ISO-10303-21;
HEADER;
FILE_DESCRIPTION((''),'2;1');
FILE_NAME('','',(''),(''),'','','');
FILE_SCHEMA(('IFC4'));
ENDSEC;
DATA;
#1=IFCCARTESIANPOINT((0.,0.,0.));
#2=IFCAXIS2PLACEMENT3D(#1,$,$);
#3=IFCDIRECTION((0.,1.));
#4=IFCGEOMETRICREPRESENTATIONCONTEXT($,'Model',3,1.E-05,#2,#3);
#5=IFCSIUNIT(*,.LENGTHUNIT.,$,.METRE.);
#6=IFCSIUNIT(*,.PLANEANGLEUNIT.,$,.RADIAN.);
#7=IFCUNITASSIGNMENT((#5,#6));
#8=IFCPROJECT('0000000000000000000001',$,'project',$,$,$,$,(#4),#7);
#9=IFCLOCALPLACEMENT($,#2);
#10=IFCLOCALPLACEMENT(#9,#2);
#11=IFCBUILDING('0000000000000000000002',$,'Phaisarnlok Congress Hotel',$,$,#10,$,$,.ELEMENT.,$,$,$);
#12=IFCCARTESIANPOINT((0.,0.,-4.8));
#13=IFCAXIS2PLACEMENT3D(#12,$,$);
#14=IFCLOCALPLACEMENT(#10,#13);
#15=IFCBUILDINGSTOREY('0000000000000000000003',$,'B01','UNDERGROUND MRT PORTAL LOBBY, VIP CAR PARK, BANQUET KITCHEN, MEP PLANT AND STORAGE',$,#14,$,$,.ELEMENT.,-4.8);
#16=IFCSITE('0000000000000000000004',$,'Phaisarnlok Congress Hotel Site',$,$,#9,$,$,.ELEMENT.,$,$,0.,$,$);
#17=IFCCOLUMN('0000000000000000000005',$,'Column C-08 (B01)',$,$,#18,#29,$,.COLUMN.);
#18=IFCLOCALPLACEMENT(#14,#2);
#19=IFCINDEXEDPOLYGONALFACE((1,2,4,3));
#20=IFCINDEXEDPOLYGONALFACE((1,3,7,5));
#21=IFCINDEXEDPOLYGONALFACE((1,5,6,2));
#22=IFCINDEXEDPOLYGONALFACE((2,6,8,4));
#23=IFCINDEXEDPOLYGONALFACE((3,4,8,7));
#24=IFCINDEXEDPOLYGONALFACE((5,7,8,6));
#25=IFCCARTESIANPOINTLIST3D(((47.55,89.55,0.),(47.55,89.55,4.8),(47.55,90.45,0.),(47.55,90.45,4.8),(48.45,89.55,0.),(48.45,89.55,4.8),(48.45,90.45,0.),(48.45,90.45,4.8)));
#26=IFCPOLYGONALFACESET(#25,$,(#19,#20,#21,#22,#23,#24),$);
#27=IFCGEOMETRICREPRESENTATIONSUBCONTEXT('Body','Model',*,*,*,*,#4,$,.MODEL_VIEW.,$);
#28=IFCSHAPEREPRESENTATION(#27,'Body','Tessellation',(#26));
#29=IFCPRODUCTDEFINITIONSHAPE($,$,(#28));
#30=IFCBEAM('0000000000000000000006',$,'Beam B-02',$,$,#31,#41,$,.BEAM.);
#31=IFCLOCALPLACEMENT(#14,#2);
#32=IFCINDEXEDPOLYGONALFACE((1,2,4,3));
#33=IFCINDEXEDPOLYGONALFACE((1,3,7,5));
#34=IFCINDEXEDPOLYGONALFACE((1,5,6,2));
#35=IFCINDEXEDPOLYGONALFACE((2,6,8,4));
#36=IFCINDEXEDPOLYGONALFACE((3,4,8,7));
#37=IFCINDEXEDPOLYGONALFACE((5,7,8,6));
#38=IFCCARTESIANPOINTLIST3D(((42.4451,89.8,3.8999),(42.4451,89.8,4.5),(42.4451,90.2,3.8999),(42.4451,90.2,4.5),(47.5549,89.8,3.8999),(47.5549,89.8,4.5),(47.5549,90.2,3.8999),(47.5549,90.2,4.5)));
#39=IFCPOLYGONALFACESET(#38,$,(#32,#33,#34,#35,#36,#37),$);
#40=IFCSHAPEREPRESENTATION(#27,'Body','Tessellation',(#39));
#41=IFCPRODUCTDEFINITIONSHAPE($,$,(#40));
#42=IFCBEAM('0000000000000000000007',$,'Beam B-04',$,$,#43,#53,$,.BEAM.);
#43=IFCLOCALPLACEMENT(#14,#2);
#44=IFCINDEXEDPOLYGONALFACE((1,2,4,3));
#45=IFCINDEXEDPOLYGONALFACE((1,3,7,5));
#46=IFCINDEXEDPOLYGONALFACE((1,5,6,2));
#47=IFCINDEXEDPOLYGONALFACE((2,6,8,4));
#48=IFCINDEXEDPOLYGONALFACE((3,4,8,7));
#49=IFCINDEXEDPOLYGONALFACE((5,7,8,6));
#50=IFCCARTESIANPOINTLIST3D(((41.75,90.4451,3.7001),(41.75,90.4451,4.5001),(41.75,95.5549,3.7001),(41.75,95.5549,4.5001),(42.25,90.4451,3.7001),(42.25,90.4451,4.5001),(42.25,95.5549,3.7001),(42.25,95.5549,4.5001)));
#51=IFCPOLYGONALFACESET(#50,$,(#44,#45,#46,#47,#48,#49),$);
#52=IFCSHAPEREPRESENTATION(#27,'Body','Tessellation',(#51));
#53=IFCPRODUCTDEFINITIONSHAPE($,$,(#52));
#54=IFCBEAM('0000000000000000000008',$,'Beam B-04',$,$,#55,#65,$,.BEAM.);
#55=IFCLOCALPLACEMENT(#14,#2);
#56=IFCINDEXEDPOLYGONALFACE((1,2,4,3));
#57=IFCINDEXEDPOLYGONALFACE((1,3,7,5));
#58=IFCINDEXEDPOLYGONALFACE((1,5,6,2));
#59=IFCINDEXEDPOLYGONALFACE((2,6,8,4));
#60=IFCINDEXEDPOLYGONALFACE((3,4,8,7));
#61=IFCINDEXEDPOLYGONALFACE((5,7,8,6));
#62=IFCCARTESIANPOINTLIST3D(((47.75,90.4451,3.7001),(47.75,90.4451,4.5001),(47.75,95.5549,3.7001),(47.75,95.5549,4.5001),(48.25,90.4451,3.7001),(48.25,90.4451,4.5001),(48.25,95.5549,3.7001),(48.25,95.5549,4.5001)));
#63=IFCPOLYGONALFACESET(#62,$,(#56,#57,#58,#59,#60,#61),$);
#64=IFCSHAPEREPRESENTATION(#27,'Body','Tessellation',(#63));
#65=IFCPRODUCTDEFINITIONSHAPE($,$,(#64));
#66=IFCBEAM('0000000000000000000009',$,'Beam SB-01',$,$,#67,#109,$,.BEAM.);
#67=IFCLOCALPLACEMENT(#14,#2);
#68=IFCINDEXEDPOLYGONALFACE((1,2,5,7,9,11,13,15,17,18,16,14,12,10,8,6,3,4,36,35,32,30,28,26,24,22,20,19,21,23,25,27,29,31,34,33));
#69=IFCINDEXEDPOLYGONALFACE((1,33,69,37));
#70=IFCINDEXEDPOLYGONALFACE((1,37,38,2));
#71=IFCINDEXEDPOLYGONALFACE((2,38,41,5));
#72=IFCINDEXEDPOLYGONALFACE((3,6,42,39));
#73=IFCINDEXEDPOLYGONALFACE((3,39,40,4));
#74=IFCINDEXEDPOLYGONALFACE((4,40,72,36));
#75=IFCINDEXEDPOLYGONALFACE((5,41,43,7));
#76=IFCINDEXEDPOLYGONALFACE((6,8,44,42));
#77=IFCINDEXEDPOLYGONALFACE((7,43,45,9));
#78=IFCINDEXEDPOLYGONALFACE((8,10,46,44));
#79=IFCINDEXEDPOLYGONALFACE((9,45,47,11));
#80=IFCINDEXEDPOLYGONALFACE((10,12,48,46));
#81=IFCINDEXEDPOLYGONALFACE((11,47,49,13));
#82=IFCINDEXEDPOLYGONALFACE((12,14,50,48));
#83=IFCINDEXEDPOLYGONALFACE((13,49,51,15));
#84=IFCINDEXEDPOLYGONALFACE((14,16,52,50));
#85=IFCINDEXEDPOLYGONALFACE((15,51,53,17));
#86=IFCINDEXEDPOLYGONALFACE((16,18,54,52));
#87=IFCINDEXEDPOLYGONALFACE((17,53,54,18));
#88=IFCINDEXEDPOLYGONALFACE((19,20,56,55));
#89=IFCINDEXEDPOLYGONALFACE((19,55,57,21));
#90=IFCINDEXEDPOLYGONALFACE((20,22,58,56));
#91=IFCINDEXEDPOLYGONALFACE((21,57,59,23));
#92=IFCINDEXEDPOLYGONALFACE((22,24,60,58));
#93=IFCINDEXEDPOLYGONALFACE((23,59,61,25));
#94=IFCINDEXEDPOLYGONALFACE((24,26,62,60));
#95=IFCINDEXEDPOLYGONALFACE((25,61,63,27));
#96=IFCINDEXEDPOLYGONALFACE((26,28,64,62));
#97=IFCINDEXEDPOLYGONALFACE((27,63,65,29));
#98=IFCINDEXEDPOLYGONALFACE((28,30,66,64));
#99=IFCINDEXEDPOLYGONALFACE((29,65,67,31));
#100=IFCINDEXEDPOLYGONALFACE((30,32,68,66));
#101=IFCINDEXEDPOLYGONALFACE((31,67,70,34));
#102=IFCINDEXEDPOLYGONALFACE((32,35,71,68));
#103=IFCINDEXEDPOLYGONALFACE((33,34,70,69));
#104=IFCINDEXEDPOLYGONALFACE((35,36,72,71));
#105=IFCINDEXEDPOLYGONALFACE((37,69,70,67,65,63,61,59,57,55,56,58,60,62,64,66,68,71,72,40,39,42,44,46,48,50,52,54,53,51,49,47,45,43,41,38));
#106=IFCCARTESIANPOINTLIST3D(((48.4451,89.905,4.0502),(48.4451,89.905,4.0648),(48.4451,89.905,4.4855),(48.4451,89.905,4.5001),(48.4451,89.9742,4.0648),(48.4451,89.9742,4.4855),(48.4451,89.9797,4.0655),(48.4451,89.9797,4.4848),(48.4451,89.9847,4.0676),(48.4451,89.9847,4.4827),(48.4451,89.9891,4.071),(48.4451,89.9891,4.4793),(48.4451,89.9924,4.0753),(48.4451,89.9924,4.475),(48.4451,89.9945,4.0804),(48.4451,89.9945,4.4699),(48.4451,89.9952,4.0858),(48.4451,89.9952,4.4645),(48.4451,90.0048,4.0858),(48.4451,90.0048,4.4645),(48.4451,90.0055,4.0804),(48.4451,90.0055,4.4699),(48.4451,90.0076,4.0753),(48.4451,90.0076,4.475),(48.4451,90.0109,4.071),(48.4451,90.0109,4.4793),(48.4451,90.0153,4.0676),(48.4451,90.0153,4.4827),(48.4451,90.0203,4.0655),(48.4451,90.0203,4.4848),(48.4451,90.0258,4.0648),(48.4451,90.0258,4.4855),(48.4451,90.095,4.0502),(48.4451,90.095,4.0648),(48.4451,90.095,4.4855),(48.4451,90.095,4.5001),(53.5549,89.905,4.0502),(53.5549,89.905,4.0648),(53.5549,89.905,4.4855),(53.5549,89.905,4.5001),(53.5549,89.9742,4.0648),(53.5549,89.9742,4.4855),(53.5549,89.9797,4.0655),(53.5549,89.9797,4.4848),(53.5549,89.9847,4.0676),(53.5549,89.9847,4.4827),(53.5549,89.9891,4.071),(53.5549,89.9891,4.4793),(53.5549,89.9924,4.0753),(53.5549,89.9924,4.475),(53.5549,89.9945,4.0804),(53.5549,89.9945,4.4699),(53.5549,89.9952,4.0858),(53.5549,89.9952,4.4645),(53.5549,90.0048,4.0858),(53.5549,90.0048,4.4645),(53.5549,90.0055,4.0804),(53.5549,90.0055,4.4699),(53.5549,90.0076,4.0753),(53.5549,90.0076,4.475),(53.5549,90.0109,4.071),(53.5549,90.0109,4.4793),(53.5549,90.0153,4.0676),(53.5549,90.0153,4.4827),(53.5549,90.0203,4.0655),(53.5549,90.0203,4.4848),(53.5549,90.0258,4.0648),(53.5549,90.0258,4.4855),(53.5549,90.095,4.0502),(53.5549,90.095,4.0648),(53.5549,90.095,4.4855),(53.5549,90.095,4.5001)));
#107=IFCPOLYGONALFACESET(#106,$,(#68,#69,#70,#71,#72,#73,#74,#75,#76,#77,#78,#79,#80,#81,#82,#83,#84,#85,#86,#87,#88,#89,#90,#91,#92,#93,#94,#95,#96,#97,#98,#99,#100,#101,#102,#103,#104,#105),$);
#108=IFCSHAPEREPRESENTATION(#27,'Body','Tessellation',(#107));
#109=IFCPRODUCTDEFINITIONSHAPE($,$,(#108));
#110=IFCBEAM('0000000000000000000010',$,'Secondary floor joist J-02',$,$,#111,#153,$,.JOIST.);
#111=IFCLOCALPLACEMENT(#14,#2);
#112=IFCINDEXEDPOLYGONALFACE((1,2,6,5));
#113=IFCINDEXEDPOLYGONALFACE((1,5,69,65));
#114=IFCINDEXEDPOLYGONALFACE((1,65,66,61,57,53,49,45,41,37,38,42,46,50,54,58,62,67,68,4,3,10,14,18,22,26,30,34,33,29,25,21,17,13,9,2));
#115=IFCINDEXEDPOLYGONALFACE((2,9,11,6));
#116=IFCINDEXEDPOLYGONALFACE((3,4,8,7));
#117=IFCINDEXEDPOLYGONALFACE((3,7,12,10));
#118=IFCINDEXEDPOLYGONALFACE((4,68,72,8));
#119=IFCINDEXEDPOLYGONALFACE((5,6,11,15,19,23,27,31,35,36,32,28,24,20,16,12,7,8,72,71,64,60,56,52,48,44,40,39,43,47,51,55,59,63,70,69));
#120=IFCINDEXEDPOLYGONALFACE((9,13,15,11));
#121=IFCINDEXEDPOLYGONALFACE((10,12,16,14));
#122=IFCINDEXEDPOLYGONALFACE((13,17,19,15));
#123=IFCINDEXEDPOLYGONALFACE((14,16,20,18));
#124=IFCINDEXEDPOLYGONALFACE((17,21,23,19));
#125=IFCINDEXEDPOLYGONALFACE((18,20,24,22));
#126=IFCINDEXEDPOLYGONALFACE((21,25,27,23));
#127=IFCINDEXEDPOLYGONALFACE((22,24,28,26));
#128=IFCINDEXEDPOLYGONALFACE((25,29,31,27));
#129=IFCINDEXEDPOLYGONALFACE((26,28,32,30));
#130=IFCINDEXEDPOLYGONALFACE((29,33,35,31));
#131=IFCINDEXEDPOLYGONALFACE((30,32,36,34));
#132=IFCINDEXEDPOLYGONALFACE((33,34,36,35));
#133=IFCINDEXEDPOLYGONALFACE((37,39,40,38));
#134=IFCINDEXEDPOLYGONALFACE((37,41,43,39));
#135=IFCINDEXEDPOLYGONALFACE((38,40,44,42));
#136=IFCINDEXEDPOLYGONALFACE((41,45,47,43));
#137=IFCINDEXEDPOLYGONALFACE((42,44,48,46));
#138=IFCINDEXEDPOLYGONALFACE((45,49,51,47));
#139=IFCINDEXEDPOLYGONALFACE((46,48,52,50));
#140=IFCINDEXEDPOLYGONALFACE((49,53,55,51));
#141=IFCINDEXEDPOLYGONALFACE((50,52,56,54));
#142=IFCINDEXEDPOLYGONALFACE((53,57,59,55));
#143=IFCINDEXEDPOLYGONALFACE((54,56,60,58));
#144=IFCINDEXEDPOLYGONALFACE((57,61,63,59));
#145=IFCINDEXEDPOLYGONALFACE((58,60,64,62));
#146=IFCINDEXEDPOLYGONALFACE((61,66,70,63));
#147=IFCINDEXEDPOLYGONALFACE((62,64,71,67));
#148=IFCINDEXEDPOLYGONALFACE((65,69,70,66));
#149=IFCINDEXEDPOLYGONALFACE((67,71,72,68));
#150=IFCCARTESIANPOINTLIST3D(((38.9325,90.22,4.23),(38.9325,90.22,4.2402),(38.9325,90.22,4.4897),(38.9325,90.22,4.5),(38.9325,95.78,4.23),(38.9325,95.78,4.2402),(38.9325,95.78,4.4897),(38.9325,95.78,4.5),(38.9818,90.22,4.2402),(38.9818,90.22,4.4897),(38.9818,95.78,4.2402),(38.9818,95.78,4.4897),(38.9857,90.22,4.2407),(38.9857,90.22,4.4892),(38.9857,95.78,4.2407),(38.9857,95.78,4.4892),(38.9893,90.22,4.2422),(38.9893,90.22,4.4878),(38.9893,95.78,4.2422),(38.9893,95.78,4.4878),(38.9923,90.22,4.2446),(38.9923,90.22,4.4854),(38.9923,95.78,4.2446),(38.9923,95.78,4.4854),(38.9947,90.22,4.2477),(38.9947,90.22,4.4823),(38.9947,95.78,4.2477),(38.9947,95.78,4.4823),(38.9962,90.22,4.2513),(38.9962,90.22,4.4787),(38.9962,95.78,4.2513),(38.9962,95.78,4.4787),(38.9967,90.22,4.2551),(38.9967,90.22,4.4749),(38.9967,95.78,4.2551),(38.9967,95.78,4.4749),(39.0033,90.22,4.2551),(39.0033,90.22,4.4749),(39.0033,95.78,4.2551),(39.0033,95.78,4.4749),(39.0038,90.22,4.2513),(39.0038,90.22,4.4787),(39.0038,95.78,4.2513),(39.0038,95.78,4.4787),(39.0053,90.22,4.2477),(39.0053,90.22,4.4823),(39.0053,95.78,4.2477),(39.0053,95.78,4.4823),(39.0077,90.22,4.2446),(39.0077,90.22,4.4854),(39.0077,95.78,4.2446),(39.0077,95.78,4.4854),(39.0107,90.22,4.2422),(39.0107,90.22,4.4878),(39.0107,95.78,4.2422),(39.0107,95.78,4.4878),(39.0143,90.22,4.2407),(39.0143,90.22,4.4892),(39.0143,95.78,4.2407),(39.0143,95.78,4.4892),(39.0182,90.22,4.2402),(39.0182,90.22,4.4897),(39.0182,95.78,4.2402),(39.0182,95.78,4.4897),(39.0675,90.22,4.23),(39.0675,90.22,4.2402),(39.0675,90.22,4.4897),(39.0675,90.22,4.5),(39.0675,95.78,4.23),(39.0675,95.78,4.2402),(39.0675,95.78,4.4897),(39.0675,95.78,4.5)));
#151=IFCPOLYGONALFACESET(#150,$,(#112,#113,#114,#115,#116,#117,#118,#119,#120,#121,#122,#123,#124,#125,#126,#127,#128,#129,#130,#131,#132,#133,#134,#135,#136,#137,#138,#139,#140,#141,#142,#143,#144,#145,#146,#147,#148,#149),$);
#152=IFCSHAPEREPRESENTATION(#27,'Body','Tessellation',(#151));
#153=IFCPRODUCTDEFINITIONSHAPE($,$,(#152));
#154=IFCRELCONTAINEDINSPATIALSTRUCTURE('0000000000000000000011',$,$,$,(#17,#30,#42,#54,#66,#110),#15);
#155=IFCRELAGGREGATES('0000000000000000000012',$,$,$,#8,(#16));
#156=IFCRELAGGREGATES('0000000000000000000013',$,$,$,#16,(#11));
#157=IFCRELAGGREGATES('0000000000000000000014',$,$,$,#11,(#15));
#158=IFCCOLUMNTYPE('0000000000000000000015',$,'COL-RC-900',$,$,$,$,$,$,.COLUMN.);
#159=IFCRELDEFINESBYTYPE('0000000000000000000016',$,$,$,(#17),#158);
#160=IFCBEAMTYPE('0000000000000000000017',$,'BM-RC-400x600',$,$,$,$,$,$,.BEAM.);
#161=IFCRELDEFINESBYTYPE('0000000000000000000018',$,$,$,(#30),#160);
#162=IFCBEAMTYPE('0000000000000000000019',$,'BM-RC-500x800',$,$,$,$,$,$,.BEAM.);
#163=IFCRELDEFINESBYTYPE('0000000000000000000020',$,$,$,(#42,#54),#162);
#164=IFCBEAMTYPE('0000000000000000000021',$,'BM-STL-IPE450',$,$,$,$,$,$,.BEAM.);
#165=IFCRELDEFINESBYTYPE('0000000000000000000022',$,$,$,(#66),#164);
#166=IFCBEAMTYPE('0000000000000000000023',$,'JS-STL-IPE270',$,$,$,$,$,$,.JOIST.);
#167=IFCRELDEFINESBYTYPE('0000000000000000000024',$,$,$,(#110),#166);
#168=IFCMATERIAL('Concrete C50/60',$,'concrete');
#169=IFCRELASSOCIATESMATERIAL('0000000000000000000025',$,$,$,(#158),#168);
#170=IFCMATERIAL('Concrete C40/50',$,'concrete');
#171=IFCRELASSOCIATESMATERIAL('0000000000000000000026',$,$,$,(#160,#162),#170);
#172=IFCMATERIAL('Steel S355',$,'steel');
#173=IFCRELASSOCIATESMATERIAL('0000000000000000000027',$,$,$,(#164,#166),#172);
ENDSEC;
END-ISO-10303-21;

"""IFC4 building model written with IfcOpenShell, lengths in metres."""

from ifc_helpers import new_model, si_unit, direction, frame, origin, origin_2d, place, context, subcontext, project, spatial, rectangle, i_section, extrude, material, material_profile, profile_set, type_object, element, save


model = new_model("IFC4")

# Units and contexts
model_context = context("Model", 3, precision=1e-05, world=origin(), true_north=direction((0.0, 1.0)))
body_context = subcontext(model_context, "Body", "Model", "MODEL_VIEW")
ifc_project = project(units=[si_unit("LENGTHUNIT", "METRE"), si_unit("PLANEANGLEUNIT", "RADIAN")], contexts=[model_context])

# Site, building, storey
site_placement = place(None, origin())
site = spatial("IfcSite", under=ifc_project, at=site_placement, Name="Phaisarnlok Congress Hotel Site", CompositionType="ELEMENT", RefElevation=0.0)
building_placement = place(site_placement, origin())
building = spatial("IfcBuilding", under=site, at=building_placement, Name="Phaisarnlok Congress Hotel", CompositionType="ELEMENT")
storey_placement = place(building_placement, frame((0.0, 0.0, -4.8)))
storey = spatial("IfcBuildingStorey", under=building, at=storey_placement, Name="B01", Description="UNDERGROUND MRT PORTAL LOBBY, VIP CAR PARK, BANQUET KITCHEN, MEP PLANT AND STORAGE", CompositionType="ELEMENT", Elevation=-4.8)

# Shared definitions
ifc_material_1 = material(Name="Concrete C40/50", Category="concrete")

# Column
ifc_material_2 = material(Name="Concrete C50/60", Category="concrete")
ifc_material_profile_1 = material_profile(ifc_material_2, rectangle(XDim=0.8999, YDim=0.8999, at=origin_2d()), Name="RC 900x900")
ifc_profile_set_1 = profile_set([ifc_material_profile_1], Name="Concrete C50/60")
column_type = type_object("IfcColumnType", Name="COL-RC-900", PredefinedType="COLUMN", material=ifc_profile_set_1)
for number, where, z_axis, x_axis, name in (
    (1, (48.0, 90.0, 0.0), (0.0, 0.0, 1.0), (1.0, 0.0, 0.0), "Column C-08 (B01)"),
):
    element("IfcColumn", number, at=place(storey_placement, frame(where, z_axis=z_axis, x_axis=x_axis)), inside=storey, type_object=column_type, Name=name, PredefinedType="COLUMN", context=body_context, shape_type="SweptSolid", body=[
        extrude(rectangle(XDim=0.8999, YDim=0.8999, at=origin_2d()), origin(), (0.0, 0.0, 1.0), 4.8),
    ])

# Beams
ifc_material_profile_2 = material_profile(ifc_material_1, rectangle(XDim=0.3999, YDim=0.6001, at=origin_2d()), Name="RC 400x600")
ifc_profile_set_2 = profile_set([ifc_material_profile_2], Name="Concrete C40/50")
beam_type_1 = type_object("IfcBeamType", Name="BM-RC-400x600", PredefinedType="BEAM", material=ifc_profile_set_2)
beam_1_placement = place(storey_placement, frame((42.4451, 90.0, 4.2), z_axis=(1.0, 0.0, 0.0), x_axis=(0.0, 1.0, 0.0)))
element("IfcBeam", 2, at=beam_1_placement, inside=storey, type_object=beam_type_1, Name="Beam B-02", PredefinedType="BEAM", context=body_context, shape_type="SweptSolid", body=[
    extrude(rectangle(XDim=0.3999, YDim=0.6001, at=origin_2d()), origin(), (0.0, 0.0, 1.0), 5.1099),
])
ifc_material_profile_3 = material_profile(ifc_material_1, rectangle(XDim=0.5, YDim=0.8, at=origin_2d()), Name="RC 500x800")
ifc_profile_set_3 = profile_set([ifc_material_profile_3], Name="Concrete C40/50")
beam_type_2 = type_object("IfcBeamType", Name="BM-RC-500x800", PredefinedType="BEAM", material=ifc_profile_set_3)
for number, where, z_axis, x_axis, name in (
    (3, (42.0, 90.4451, 4.1001), (0.0, 1.0, 0.0), (-1.0, 0.0, 0.0), "Beam B-04"),
    (4, (48.0, 90.4451, 4.1001), (0.0, 1.0, 0.0), (-1.0, 0.0, 0.0), "Beam B-04"),
):
    element("IfcBeam", number, at=place(storey_placement, frame(where, z_axis=z_axis, x_axis=x_axis)), inside=storey, type_object=beam_type_2, Name=name, PredefinedType="BEAM", context=body_context, shape_type="SweptSolid", body=[
        extrude(rectangle(XDim=0.5, YDim=0.8, at=origin_2d()), origin(), (0.0, 0.0, 1.0), 5.1099),
    ])
ifc_material_3 = material(Name="Steel S355", Category="steel")
ifc_material_profile_4 = material_profile(ifc_material_3, i_section(OverallWidth=0.1899, OverallDepth=0.45, WebThickness=0.0095, FlangeThickness=0.0146, FilletRadius=0.021, at=origin_2d()), Name="IPE 450")
ifc_profile_set_4 = profile_set([ifc_material_profile_4], Name="Steel S355")
beam_type_3 = type_object("IfcBeamType", Name="BM-STL-IPE450", PredefinedType="BEAM", material=ifc_profile_set_4)
beam_2_placement = place(storey_placement, frame((48.4451, 90.0, 4.2751), z_axis=(1.0, 0.0, 0.0), x_axis=(0.0, 1.0, 0.0)))
element("IfcBeam", 5, at=beam_2_placement, inside=storey, type_object=beam_type_3, Name="Beam SB-01", PredefinedType="BEAM", context=body_context, shape_type="SweptSolid", body=[
    extrude(i_section(OverallWidth=0.1899, OverallDepth=0.45, WebThickness=0.0095, FlangeThickness=0.0146, FilletRadius=0.021, at=origin_2d()), origin(), (0.0, 0.0, 1.0), 5.1099),
])
ifc_material_profile_5 = material_profile(ifc_material_3, i_section(OverallWidth=0.135, OverallDepth=0.27, WebThickness=0.0066, FlangeThickness=0.0103, FilletRadius=0.0149, at=origin_2d()), Name="IPE 270")
ifc_profile_set_5 = profile_set([ifc_material_profile_5], Name="Steel S355")
beam_type_4 = type_object("IfcBeamType", Name="JS-STL-IPE270", PredefinedType="JOIST", material=ifc_profile_set_5)
beam_3_placement = place(storey_placement, frame((39.0, 90.22, 4.365), z_axis=(0.0, 1.0, 0.0), x_axis=(-1.0, 0.0, 0.0)))
element("IfcBeam", 6, at=beam_3_placement, inside=storey, type_object=beam_type_4, Name="Secondary floor joist J-02", PredefinedType="JOIST", context=body_context, shape_type="SweptSolid", body=[
    extrude(i_section(OverallWidth=0.135, OverallDepth=0.27, WebThickness=0.0066, FlangeThickness=0.0103, FilletRadius=0.0149, at=origin_2d()), origin(), (0.0, 0.0, 1.0), 5.5601),
])

save(model, "model.ifc")
